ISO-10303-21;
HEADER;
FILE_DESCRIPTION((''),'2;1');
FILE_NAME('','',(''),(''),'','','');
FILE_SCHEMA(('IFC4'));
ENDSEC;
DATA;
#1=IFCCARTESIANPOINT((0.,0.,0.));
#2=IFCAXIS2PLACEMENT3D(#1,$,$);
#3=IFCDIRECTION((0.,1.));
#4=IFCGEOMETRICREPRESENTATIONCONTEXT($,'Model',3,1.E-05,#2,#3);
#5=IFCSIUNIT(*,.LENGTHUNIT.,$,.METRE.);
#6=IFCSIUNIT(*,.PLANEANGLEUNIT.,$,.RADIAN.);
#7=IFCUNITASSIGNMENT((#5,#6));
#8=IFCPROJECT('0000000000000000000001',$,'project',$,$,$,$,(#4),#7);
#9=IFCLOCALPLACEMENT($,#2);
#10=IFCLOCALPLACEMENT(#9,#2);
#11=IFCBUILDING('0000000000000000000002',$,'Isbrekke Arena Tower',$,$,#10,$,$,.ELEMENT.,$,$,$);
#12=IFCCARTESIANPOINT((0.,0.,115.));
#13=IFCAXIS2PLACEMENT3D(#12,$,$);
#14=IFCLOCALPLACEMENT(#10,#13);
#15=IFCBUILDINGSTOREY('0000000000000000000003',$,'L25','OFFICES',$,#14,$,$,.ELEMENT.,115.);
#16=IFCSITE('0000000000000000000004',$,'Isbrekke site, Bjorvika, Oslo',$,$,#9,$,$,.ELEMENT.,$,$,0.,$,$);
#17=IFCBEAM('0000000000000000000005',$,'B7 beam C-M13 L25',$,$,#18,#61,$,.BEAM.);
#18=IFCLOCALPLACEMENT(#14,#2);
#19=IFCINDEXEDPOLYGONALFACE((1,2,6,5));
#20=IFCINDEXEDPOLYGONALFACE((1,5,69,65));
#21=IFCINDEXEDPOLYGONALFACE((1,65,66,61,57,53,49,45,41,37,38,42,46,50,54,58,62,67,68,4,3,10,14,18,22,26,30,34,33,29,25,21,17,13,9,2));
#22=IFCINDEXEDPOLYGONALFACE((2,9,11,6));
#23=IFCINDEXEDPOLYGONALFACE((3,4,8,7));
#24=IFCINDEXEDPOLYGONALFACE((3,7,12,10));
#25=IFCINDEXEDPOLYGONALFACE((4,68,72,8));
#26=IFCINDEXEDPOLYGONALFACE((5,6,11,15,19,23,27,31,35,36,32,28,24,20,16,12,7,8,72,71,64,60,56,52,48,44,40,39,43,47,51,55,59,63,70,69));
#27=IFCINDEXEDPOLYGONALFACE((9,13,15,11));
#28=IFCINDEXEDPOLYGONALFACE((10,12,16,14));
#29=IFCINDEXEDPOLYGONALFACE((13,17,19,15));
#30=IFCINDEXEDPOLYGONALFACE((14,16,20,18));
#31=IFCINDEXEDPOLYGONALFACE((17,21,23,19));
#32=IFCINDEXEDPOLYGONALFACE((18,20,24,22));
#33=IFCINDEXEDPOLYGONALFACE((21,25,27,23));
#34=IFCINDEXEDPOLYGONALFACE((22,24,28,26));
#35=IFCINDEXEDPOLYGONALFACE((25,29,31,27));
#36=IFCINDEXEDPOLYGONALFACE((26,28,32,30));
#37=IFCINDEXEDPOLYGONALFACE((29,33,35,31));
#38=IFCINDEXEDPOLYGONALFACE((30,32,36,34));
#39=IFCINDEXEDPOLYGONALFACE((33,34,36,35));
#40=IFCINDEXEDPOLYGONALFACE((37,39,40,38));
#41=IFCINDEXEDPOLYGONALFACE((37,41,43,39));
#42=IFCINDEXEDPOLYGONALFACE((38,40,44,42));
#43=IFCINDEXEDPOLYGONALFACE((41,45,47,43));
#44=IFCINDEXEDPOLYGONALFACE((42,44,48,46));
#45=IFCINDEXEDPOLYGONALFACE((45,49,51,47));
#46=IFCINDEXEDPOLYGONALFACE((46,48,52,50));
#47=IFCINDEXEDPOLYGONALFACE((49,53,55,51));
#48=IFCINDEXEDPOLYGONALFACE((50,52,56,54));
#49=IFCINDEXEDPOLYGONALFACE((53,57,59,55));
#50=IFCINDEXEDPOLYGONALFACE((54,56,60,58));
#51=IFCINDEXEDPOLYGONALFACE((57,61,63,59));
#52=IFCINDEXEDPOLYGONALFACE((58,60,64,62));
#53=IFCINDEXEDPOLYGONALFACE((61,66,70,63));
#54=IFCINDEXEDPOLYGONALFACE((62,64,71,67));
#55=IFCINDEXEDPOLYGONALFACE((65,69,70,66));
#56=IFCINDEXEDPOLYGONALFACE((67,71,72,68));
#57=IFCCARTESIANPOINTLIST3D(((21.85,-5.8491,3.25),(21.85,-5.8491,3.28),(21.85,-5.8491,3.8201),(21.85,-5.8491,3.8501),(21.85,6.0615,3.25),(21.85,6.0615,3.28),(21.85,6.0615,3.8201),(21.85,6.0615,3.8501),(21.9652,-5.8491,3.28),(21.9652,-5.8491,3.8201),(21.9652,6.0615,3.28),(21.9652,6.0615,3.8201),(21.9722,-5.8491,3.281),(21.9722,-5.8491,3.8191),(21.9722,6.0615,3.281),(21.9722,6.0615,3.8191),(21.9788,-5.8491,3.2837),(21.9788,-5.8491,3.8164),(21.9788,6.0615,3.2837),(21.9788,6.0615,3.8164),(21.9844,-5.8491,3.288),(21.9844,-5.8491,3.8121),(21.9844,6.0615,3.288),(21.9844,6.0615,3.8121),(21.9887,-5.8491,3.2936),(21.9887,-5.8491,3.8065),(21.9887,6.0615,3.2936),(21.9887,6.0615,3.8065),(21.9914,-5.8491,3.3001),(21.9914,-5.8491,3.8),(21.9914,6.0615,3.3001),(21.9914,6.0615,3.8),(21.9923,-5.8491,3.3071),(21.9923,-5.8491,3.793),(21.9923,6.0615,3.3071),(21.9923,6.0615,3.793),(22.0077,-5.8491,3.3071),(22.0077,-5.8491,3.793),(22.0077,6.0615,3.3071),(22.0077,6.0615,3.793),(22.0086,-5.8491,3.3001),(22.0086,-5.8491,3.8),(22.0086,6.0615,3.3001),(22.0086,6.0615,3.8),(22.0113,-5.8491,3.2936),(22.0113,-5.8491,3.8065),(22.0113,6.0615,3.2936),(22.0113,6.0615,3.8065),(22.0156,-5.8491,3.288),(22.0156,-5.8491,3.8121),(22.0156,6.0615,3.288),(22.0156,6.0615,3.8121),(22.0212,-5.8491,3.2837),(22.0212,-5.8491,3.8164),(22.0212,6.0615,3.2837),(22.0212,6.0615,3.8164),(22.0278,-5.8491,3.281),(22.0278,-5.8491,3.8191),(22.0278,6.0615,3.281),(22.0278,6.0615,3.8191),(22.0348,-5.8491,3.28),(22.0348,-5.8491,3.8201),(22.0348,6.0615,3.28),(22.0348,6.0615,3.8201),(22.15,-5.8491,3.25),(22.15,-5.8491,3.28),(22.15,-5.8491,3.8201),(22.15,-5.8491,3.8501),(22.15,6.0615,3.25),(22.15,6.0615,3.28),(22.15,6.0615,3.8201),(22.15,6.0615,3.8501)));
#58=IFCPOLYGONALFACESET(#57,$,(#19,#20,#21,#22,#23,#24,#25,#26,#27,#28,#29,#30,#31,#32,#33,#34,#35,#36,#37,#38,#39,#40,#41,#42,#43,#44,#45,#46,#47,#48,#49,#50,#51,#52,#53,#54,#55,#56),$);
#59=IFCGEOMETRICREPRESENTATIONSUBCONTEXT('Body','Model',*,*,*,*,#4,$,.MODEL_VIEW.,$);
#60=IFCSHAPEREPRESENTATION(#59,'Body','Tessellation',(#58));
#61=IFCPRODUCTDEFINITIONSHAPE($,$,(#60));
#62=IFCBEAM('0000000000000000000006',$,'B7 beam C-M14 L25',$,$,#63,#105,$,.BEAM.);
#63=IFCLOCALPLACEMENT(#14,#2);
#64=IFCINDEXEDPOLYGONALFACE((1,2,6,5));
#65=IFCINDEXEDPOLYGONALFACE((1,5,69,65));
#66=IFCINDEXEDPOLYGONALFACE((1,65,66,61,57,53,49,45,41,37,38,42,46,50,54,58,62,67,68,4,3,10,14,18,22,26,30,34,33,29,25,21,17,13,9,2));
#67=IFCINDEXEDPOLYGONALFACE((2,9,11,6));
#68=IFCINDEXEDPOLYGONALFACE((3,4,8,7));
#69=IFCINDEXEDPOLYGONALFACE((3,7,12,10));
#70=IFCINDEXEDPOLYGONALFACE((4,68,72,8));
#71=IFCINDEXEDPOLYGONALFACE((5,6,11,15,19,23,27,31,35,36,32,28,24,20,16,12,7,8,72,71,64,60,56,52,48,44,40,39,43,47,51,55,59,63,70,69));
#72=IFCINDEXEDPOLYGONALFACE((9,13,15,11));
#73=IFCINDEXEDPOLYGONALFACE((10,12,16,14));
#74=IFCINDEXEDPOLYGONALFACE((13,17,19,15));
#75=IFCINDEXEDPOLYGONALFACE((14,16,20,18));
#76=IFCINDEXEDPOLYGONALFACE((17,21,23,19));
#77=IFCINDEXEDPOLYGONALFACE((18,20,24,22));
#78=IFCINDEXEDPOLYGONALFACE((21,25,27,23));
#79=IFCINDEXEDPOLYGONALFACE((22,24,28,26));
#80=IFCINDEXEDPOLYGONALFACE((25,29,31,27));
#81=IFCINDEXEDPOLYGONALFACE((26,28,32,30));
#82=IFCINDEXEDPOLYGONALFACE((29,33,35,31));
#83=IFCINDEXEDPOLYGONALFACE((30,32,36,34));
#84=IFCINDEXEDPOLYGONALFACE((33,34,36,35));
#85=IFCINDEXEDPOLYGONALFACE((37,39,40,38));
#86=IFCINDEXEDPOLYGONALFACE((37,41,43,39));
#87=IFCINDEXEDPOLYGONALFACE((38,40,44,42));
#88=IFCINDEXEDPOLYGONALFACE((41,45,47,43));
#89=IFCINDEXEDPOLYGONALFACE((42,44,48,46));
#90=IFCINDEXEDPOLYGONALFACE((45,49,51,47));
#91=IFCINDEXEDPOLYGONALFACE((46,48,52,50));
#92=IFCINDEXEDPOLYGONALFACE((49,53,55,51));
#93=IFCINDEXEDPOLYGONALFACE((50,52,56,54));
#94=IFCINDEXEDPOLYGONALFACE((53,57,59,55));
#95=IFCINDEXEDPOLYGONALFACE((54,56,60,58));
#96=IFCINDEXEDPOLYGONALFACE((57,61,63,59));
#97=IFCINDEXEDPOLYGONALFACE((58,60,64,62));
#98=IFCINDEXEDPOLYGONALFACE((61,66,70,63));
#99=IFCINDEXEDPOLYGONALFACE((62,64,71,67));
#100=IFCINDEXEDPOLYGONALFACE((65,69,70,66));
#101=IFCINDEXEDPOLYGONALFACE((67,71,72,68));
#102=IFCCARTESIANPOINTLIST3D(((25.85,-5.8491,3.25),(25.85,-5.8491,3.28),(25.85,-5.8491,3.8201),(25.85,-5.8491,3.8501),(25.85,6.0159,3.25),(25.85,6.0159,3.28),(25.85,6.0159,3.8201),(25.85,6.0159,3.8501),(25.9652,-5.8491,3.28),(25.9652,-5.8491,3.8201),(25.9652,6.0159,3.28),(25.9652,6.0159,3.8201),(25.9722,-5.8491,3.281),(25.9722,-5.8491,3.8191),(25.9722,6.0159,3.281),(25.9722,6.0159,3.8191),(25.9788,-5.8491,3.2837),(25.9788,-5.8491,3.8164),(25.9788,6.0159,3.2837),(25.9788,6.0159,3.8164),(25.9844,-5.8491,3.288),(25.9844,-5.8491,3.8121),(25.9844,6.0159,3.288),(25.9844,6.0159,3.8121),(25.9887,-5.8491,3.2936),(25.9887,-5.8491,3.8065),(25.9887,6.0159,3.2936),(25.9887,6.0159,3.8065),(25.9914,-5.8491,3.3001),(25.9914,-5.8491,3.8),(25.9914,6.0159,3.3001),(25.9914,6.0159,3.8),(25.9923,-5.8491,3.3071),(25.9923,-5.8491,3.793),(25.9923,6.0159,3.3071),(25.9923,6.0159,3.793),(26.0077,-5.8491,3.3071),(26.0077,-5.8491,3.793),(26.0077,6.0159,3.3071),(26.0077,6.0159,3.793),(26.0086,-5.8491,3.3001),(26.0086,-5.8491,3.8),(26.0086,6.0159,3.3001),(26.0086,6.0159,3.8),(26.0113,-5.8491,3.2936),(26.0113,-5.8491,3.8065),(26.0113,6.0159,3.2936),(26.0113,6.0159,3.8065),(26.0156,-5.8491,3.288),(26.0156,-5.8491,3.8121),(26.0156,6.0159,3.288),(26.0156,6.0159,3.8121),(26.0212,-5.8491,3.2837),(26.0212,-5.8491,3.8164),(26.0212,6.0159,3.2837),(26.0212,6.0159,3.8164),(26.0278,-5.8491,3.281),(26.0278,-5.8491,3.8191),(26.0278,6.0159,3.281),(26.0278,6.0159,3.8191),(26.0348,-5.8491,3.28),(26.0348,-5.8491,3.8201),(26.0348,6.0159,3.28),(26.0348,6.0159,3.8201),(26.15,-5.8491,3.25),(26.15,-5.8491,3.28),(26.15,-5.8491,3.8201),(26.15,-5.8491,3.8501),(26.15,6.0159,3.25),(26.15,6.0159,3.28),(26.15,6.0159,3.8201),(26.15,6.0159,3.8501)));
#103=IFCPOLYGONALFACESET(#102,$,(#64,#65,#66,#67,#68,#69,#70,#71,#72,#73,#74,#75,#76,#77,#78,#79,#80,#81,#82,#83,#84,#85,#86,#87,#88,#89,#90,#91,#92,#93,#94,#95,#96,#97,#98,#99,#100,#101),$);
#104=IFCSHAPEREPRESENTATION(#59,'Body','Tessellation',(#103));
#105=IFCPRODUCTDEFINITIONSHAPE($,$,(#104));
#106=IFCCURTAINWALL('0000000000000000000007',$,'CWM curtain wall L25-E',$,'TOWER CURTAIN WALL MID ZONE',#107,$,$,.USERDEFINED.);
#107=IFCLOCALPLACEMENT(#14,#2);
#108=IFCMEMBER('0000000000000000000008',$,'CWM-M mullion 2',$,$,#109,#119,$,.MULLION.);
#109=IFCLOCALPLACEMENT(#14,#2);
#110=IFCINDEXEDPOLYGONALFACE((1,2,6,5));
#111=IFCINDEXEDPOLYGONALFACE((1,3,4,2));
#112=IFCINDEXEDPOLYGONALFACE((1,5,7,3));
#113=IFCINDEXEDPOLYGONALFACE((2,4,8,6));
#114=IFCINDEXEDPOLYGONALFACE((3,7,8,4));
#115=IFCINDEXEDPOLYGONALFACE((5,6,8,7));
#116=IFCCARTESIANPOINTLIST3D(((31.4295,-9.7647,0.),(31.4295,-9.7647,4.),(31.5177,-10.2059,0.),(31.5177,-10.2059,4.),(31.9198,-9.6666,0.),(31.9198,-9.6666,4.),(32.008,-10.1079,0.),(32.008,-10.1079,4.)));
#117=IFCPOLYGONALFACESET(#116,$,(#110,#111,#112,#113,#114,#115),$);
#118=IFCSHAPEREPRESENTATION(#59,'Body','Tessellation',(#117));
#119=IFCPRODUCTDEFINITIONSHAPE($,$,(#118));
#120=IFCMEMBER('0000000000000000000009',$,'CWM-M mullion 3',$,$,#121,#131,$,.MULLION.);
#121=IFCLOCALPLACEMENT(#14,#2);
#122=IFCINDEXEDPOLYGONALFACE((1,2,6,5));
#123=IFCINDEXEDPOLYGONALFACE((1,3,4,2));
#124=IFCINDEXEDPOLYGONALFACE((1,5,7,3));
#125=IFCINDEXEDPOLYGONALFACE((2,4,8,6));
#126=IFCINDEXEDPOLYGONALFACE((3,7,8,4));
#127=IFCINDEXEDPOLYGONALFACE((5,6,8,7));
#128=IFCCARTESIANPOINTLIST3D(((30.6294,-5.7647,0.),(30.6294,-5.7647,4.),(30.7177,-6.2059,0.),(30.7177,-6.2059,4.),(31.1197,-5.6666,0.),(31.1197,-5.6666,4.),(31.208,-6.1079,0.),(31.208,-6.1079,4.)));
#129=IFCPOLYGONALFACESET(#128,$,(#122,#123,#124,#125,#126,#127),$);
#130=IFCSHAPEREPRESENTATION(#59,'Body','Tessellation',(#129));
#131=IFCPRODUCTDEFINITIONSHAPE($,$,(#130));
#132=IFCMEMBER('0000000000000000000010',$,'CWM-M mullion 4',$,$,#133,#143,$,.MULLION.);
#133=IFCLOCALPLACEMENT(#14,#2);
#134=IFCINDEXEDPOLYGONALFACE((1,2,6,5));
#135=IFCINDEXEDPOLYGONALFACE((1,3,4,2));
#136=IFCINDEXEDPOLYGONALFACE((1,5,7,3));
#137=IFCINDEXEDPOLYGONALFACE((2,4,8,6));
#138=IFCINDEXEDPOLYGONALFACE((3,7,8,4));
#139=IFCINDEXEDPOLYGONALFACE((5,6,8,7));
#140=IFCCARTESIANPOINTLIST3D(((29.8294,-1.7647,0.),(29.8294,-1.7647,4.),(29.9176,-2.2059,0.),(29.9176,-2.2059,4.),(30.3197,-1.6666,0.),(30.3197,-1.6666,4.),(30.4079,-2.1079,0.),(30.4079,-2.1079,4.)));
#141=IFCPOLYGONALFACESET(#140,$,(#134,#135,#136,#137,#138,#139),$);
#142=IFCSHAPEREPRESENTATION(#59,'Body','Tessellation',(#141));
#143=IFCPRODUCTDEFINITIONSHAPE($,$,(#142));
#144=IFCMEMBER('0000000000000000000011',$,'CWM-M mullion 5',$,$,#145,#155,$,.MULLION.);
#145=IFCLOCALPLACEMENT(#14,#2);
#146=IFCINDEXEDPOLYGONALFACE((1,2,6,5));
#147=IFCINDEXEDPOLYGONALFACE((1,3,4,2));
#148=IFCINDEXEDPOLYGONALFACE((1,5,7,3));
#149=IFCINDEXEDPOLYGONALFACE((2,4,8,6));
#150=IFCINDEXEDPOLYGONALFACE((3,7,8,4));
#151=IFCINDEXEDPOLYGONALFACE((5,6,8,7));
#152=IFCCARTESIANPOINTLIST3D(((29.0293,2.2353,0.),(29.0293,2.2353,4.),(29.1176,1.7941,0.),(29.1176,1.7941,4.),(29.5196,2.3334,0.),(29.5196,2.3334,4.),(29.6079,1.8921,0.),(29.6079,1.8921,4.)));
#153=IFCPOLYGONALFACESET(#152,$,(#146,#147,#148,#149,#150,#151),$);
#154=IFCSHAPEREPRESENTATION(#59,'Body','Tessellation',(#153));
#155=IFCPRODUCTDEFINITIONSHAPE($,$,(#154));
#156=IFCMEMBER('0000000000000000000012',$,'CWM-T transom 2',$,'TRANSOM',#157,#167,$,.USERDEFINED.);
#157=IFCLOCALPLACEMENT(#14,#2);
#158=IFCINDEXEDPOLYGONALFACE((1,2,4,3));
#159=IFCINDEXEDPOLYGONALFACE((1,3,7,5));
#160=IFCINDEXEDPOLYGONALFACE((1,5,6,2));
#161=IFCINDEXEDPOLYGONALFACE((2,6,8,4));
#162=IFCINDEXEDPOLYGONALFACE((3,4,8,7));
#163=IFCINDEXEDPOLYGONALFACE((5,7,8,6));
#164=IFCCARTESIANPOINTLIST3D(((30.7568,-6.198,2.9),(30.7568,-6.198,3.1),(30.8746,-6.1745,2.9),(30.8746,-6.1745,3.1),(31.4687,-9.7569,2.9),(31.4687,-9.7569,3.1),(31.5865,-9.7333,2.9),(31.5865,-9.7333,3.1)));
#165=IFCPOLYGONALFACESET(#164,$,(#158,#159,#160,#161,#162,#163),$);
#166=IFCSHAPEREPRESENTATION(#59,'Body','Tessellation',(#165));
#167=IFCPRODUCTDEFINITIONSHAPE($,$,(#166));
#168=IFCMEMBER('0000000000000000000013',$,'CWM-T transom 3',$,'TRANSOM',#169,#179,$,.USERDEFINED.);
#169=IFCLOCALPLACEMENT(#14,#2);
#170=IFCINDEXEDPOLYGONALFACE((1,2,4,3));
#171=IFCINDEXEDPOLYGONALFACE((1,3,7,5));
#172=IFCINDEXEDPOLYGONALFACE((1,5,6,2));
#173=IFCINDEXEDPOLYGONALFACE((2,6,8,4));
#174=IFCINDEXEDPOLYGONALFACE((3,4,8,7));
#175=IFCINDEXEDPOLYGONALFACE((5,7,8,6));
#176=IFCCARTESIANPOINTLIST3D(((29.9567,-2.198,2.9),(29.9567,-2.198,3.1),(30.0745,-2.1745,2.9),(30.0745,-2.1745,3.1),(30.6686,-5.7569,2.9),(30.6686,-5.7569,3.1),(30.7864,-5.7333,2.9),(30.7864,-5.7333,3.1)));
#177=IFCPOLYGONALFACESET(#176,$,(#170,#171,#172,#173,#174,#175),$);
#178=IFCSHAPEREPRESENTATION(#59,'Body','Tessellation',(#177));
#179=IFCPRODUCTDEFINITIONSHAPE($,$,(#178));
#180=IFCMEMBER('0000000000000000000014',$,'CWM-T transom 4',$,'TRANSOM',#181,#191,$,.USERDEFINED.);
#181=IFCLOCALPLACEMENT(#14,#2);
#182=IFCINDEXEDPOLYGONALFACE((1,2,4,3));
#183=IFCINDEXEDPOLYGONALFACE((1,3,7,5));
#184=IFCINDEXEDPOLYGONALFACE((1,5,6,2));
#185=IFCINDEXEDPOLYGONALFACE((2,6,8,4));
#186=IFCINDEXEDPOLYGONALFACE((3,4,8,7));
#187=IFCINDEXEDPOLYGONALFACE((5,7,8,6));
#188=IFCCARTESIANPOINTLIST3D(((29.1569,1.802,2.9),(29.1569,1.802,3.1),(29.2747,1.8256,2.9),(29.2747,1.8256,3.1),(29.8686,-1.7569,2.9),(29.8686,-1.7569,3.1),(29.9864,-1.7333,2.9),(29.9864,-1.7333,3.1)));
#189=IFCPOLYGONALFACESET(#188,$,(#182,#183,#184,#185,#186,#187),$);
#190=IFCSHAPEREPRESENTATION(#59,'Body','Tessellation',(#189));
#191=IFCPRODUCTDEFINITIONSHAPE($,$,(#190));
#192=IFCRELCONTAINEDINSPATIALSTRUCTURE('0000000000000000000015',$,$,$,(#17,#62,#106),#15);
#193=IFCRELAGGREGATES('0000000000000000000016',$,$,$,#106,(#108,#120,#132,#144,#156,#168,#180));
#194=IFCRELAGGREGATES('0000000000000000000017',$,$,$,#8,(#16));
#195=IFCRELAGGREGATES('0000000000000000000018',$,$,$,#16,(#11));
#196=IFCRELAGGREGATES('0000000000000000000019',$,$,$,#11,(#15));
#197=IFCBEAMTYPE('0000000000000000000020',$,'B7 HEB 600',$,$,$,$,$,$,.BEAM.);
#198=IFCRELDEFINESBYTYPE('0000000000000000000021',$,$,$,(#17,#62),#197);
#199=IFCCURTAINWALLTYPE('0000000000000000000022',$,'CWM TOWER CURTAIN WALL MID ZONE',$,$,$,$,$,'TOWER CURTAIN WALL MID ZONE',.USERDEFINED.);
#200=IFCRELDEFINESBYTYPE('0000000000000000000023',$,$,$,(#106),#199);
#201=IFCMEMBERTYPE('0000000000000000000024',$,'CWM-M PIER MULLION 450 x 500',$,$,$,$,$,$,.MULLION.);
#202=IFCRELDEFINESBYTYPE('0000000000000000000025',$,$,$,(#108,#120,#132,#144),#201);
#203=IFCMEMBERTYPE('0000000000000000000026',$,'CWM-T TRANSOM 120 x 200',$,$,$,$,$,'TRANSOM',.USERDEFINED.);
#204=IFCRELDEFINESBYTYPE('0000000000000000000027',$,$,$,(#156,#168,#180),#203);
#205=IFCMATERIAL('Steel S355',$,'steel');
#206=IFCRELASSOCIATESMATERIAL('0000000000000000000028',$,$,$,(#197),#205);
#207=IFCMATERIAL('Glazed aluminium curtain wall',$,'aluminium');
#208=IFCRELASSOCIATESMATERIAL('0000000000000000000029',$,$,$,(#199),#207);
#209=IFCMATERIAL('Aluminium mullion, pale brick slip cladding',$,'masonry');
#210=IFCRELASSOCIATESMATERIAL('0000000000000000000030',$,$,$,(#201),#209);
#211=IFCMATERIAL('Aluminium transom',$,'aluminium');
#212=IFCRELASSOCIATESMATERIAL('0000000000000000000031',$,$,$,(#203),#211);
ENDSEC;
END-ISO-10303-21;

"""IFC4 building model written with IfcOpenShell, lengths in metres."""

from ifc_helpers import new_model, si_unit, direction, frame, origin, origin_2d, place, context, subcontext, project, spatial, rectangle, i_section, extrude, material, material_profile, profile_set, type_object, element, aggregate, save


model = new_model("IFC4")

# Units and contexts
model_context = context("Model", 3, precision=1e-05, world=origin(), true_north=direction((0.0, 1.0)))
body_context = subcontext(model_context, "Body", "Model", "MODEL_VIEW")
ifc_project = project(units=[si_unit("LENGTHUNIT", "METRE"), si_unit("PLANEANGLEUNIT", "RADIAN")], contexts=[model_context])

# Site, building, storey
site_placement = place(None, origin())
site = spatial("IfcSite", under=ifc_project, at=site_placement, Name="Isbrekke site, Bjorvika, Oslo", CompositionType="ELEMENT", RefElevation=0.0)
building_placement = place(site_placement, origin())
building = spatial("IfcBuilding", under=site, at=building_placement, Name="Isbrekke Arena Tower", CompositionType="ELEMENT")
storey_placement = place(building_placement, frame((0.0, 0.0, 115.0)))
storey = spatial("IfcBuildingStorey", under=building, at=storey_placement, Name="L25", Description="OFFICES", CompositionType="ELEMENT", Elevation=115.0)

# Beams
ifc_material_1 = material(Name="Steel S355", Category="steel")
ifc_material_profile_1 = material_profile(ifc_material_1, i_section(OverallWidth=0.3, OverallDepth=0.6001, WebThickness=0.0154, FlangeThickness=0.03, FilletRadius=0.0271, at=origin_2d()), Name="HEB 600")
ifc_profile_set_1 = profile_set([ifc_material_profile_1], Name="Steel S355")
beam_type_1 = type_object("IfcBeamType", Name="B7 HEB 600", PredefinedType="BEAM", material=ifc_profile_set_1)
beam_1_placement = place(storey_placement, frame((22.0, -5.8491, 3.55), z_axis=(0.0, 1.0, 0.0), x_axis=(-1.0, 0.0, 0.0)))
element("IfcBeam", 1, at=beam_1_placement, inside=storey, type_object=beam_type_1, Name="B7 beam C-M13 L25", PredefinedType="BEAM", context=body_context, shape_type="SweptSolid", body=[
    extrude(i_section(OverallWidth=0.3, OverallDepth=0.6001, WebThickness=0.0154, FlangeThickness=0.03, FilletRadius=0.0271, at=origin_2d()), origin(), (0.0, 0.0, 1.0), 11.9106),
])
beam_2_placement = place(storey_placement, frame((26.0, -5.8491, 3.55), z_axis=(0.0, 1.0, 0.0), x_axis=(-1.0, 0.0, 0.0)))
element("IfcBeam", 2, at=beam_2_placement, inside=storey, type_object=beam_type_1, Name="B7 beam C-M14 L25", PredefinedType="BEAM", context=body_context, shape_type="SweptSolid", body=[
    extrude(i_section(OverallWidth=0.3, OverallDepth=0.6001, WebThickness=0.0154, FlangeThickness=0.03, FilletRadius=0.0271, at=origin_2d()), origin(), (0.0, 0.0, 1.0), 11.865),
])

# Curtain wall, members
ifc_material_2 = material(Name="Glazed aluminium curtain wall", Category="aluminium")
curtain_wall_type = type_object("IfcCurtainWallType", Name="CWM TOWER CURTAIN WALL MID ZONE", ElementType="TOWER CURTAIN WALL MID ZONE", PredefinedType="USERDEFINED", material=ifc_material_2)
curtain_wall_placement = place(storey_placement, origin())
curtain_wall = element("IfcCurtainWall", 3, at=curtain_wall_placement, inside=storey, type_object=curtain_wall_type, Name="CWM curtain wall L25-E", ObjectType="TOWER CURTAIN WALL MID ZONE", PredefinedType="USERDEFINED")
ifc_material_3 = material(Name="Aluminium mullion, pale brick slip cladding", Category="masonry")
ifc_material_profile_2 = material_profile(ifc_material_3, rectangle(XDim=0.45, YDim=0.5, at=origin_2d()), Name="PIER 450X500")
ifc_profile_set_2 = profile_set([ifc_material_profile_2], Name="Aluminium mullion, pale brick slip cladding")
member_type_1 = type_object("IfcMemberType", Name="CWM-M PIER MULLION 450 x 500", PredefinedType="MULLION", material=ifc_profile_set_2)
member_1_placement = place(storey_placement, frame((31.7188, -9.9363, 0.0), z_axis=(0.0, 0.0, 1.0), x_axis=(-0.196116, 0.980581, 0.0)))
member_1 = element("IfcMember", 4, at=member_1_placement, type_object=member_type_1, Name="CWM-M mullion 2", PredefinedType="MULLION", context=body_context, shape_type="SweptSolid", body=[
    extrude(rectangle(XDim=0.45, YDim=0.5, at=origin_2d()), origin(), (0.0, 0.0, 1.0), 4.0),
])
member_2_placement = place(storey_placement, frame((30.9187, -5.9363, 0.0), z_axis=(0.0, 0.0, 1.0), x_axis=(-0.196116, 0.980581, 0.0)))
member_2 = element("IfcMember", 5, at=member_2_placement, type_object=member_type_1, Name="CWM-M mullion 3", PredefinedType="MULLION", context=body_context, shape_type="SweptSolid", body=[
    extrude(rectangle(XDim=0.45, YDim=0.5, at=origin_2d()), origin(), (0.0, 0.0, 1.0), 4.0),
])
member_3_placement = place(storey_placement, frame((30.1187, -1.9363, 0.0), z_axis=(0.0, 0.0, 1.0), x_axis=(-0.196116, 0.980581, 0.0)))
member_3 = element("IfcMember", 6, at=member_3_placement, type_object=member_type_1, Name="CWM-M mullion 4", PredefinedType="MULLION", context=body_context, shape_type="SweptSolid", body=[
    extrude(rectangle(XDim=0.45, YDim=0.5, at=origin_2d()), origin(), (0.0, 0.0, 1.0), 4.0),
])
member_4_placement = place(storey_placement, frame((29.3186, 2.0637, 0.0), z_axis=(0.0, 0.0, 1.0), x_axis=(-0.196116, 0.980581, 0.0)))
member_4 = element("IfcMember", 7, at=member_4_placement, type_object=member_type_1, Name="CWM-M mullion 5", PredefinedType="MULLION", context=body_context, shape_type="SweptSolid", body=[
    extrude(rectangle(XDim=0.45, YDim=0.5, at=origin_2d()), origin(), (0.0, 0.0, 1.0), 4.0),
])
ifc_material_4 = material(Name="Aluminium transom", Category="aluminium")
ifc_material_profile_3 = material_profile(ifc_material_4, rectangle(XDim=0.1201, YDim=0.2, at=origin_2d()), Name="TRANSOM 120X200")
ifc_profile_set_3 = profile_set([ifc_material_profile_3], Name="Aluminium transom")
member_type_2 = type_object("IfcMemberType", Name="CWM-T TRANSOM 120 x 200", ElementType="TRANSOM", PredefinedType="USERDEFINED", material=ifc_profile_set_3)
member_5_placement = place(storey_placement, frame((31.5276, -9.7451, 3.0), z_axis=(-0.196155, 0.980573, 0.0), x_axis=(-0.980573, -0.196155, 0.0)))
member_5 = element("IfcMember", 8, at=member_5_placement, type_object=member_type_2, Name="CWM-T transom 2", ObjectType="TRANSOM", PredefinedType="USERDEFINED", context=body_context, shape_type="SweptSolid", body=[
    extrude(rectangle(XDim=0.1201, YDim=0.2, at=origin_2d()), origin(), (0.0, 0.0, 1.0), 3.6294),
])
member_6_placement = place(storey_placement, frame((30.7275, -5.7451, 3.0), z_axis=(-0.196155, 0.980573, 0.0), x_axis=(-0.980573, -0.196155, 0.0)))
member_6 = element("IfcMember", 9, at=member_6_placement, type_object=member_type_2, Name="CWM-T transom 3", ObjectType="TRANSOM", PredefinedType="USERDEFINED", context=body_context, shape_type="SweptSolid", body=[
    extrude(rectangle(XDim=0.1201, YDim=0.2, at=origin_2d()), origin(), (0.0, 0.0, 1.0), 3.6294),
])
member_7_placement = place(storey_placement, frame((29.9275, -1.7451, 3.0), z_axis=(-0.19609, 0.980586, 0.0), x_axis=(-0.980586, -0.19609, 0.0)))
member_7 = element("IfcMember", 10, at=member_7_placement, type_object=member_type_2, Name="CWM-T transom 4", ObjectType="TRANSOM", PredefinedType="USERDEFINED", context=body_context, shape_type="SweptSolid", body=[
    extrude(rectangle(XDim=0.1201, YDim=0.2, at=origin_2d()), origin(), (0.0, 0.0, 1.0), 3.6294),
])

aggregate(curtain_wall, [member_1, member_2, member_3, member_4, member_5, member_6, member_7])

save(model, "model.ifc")
